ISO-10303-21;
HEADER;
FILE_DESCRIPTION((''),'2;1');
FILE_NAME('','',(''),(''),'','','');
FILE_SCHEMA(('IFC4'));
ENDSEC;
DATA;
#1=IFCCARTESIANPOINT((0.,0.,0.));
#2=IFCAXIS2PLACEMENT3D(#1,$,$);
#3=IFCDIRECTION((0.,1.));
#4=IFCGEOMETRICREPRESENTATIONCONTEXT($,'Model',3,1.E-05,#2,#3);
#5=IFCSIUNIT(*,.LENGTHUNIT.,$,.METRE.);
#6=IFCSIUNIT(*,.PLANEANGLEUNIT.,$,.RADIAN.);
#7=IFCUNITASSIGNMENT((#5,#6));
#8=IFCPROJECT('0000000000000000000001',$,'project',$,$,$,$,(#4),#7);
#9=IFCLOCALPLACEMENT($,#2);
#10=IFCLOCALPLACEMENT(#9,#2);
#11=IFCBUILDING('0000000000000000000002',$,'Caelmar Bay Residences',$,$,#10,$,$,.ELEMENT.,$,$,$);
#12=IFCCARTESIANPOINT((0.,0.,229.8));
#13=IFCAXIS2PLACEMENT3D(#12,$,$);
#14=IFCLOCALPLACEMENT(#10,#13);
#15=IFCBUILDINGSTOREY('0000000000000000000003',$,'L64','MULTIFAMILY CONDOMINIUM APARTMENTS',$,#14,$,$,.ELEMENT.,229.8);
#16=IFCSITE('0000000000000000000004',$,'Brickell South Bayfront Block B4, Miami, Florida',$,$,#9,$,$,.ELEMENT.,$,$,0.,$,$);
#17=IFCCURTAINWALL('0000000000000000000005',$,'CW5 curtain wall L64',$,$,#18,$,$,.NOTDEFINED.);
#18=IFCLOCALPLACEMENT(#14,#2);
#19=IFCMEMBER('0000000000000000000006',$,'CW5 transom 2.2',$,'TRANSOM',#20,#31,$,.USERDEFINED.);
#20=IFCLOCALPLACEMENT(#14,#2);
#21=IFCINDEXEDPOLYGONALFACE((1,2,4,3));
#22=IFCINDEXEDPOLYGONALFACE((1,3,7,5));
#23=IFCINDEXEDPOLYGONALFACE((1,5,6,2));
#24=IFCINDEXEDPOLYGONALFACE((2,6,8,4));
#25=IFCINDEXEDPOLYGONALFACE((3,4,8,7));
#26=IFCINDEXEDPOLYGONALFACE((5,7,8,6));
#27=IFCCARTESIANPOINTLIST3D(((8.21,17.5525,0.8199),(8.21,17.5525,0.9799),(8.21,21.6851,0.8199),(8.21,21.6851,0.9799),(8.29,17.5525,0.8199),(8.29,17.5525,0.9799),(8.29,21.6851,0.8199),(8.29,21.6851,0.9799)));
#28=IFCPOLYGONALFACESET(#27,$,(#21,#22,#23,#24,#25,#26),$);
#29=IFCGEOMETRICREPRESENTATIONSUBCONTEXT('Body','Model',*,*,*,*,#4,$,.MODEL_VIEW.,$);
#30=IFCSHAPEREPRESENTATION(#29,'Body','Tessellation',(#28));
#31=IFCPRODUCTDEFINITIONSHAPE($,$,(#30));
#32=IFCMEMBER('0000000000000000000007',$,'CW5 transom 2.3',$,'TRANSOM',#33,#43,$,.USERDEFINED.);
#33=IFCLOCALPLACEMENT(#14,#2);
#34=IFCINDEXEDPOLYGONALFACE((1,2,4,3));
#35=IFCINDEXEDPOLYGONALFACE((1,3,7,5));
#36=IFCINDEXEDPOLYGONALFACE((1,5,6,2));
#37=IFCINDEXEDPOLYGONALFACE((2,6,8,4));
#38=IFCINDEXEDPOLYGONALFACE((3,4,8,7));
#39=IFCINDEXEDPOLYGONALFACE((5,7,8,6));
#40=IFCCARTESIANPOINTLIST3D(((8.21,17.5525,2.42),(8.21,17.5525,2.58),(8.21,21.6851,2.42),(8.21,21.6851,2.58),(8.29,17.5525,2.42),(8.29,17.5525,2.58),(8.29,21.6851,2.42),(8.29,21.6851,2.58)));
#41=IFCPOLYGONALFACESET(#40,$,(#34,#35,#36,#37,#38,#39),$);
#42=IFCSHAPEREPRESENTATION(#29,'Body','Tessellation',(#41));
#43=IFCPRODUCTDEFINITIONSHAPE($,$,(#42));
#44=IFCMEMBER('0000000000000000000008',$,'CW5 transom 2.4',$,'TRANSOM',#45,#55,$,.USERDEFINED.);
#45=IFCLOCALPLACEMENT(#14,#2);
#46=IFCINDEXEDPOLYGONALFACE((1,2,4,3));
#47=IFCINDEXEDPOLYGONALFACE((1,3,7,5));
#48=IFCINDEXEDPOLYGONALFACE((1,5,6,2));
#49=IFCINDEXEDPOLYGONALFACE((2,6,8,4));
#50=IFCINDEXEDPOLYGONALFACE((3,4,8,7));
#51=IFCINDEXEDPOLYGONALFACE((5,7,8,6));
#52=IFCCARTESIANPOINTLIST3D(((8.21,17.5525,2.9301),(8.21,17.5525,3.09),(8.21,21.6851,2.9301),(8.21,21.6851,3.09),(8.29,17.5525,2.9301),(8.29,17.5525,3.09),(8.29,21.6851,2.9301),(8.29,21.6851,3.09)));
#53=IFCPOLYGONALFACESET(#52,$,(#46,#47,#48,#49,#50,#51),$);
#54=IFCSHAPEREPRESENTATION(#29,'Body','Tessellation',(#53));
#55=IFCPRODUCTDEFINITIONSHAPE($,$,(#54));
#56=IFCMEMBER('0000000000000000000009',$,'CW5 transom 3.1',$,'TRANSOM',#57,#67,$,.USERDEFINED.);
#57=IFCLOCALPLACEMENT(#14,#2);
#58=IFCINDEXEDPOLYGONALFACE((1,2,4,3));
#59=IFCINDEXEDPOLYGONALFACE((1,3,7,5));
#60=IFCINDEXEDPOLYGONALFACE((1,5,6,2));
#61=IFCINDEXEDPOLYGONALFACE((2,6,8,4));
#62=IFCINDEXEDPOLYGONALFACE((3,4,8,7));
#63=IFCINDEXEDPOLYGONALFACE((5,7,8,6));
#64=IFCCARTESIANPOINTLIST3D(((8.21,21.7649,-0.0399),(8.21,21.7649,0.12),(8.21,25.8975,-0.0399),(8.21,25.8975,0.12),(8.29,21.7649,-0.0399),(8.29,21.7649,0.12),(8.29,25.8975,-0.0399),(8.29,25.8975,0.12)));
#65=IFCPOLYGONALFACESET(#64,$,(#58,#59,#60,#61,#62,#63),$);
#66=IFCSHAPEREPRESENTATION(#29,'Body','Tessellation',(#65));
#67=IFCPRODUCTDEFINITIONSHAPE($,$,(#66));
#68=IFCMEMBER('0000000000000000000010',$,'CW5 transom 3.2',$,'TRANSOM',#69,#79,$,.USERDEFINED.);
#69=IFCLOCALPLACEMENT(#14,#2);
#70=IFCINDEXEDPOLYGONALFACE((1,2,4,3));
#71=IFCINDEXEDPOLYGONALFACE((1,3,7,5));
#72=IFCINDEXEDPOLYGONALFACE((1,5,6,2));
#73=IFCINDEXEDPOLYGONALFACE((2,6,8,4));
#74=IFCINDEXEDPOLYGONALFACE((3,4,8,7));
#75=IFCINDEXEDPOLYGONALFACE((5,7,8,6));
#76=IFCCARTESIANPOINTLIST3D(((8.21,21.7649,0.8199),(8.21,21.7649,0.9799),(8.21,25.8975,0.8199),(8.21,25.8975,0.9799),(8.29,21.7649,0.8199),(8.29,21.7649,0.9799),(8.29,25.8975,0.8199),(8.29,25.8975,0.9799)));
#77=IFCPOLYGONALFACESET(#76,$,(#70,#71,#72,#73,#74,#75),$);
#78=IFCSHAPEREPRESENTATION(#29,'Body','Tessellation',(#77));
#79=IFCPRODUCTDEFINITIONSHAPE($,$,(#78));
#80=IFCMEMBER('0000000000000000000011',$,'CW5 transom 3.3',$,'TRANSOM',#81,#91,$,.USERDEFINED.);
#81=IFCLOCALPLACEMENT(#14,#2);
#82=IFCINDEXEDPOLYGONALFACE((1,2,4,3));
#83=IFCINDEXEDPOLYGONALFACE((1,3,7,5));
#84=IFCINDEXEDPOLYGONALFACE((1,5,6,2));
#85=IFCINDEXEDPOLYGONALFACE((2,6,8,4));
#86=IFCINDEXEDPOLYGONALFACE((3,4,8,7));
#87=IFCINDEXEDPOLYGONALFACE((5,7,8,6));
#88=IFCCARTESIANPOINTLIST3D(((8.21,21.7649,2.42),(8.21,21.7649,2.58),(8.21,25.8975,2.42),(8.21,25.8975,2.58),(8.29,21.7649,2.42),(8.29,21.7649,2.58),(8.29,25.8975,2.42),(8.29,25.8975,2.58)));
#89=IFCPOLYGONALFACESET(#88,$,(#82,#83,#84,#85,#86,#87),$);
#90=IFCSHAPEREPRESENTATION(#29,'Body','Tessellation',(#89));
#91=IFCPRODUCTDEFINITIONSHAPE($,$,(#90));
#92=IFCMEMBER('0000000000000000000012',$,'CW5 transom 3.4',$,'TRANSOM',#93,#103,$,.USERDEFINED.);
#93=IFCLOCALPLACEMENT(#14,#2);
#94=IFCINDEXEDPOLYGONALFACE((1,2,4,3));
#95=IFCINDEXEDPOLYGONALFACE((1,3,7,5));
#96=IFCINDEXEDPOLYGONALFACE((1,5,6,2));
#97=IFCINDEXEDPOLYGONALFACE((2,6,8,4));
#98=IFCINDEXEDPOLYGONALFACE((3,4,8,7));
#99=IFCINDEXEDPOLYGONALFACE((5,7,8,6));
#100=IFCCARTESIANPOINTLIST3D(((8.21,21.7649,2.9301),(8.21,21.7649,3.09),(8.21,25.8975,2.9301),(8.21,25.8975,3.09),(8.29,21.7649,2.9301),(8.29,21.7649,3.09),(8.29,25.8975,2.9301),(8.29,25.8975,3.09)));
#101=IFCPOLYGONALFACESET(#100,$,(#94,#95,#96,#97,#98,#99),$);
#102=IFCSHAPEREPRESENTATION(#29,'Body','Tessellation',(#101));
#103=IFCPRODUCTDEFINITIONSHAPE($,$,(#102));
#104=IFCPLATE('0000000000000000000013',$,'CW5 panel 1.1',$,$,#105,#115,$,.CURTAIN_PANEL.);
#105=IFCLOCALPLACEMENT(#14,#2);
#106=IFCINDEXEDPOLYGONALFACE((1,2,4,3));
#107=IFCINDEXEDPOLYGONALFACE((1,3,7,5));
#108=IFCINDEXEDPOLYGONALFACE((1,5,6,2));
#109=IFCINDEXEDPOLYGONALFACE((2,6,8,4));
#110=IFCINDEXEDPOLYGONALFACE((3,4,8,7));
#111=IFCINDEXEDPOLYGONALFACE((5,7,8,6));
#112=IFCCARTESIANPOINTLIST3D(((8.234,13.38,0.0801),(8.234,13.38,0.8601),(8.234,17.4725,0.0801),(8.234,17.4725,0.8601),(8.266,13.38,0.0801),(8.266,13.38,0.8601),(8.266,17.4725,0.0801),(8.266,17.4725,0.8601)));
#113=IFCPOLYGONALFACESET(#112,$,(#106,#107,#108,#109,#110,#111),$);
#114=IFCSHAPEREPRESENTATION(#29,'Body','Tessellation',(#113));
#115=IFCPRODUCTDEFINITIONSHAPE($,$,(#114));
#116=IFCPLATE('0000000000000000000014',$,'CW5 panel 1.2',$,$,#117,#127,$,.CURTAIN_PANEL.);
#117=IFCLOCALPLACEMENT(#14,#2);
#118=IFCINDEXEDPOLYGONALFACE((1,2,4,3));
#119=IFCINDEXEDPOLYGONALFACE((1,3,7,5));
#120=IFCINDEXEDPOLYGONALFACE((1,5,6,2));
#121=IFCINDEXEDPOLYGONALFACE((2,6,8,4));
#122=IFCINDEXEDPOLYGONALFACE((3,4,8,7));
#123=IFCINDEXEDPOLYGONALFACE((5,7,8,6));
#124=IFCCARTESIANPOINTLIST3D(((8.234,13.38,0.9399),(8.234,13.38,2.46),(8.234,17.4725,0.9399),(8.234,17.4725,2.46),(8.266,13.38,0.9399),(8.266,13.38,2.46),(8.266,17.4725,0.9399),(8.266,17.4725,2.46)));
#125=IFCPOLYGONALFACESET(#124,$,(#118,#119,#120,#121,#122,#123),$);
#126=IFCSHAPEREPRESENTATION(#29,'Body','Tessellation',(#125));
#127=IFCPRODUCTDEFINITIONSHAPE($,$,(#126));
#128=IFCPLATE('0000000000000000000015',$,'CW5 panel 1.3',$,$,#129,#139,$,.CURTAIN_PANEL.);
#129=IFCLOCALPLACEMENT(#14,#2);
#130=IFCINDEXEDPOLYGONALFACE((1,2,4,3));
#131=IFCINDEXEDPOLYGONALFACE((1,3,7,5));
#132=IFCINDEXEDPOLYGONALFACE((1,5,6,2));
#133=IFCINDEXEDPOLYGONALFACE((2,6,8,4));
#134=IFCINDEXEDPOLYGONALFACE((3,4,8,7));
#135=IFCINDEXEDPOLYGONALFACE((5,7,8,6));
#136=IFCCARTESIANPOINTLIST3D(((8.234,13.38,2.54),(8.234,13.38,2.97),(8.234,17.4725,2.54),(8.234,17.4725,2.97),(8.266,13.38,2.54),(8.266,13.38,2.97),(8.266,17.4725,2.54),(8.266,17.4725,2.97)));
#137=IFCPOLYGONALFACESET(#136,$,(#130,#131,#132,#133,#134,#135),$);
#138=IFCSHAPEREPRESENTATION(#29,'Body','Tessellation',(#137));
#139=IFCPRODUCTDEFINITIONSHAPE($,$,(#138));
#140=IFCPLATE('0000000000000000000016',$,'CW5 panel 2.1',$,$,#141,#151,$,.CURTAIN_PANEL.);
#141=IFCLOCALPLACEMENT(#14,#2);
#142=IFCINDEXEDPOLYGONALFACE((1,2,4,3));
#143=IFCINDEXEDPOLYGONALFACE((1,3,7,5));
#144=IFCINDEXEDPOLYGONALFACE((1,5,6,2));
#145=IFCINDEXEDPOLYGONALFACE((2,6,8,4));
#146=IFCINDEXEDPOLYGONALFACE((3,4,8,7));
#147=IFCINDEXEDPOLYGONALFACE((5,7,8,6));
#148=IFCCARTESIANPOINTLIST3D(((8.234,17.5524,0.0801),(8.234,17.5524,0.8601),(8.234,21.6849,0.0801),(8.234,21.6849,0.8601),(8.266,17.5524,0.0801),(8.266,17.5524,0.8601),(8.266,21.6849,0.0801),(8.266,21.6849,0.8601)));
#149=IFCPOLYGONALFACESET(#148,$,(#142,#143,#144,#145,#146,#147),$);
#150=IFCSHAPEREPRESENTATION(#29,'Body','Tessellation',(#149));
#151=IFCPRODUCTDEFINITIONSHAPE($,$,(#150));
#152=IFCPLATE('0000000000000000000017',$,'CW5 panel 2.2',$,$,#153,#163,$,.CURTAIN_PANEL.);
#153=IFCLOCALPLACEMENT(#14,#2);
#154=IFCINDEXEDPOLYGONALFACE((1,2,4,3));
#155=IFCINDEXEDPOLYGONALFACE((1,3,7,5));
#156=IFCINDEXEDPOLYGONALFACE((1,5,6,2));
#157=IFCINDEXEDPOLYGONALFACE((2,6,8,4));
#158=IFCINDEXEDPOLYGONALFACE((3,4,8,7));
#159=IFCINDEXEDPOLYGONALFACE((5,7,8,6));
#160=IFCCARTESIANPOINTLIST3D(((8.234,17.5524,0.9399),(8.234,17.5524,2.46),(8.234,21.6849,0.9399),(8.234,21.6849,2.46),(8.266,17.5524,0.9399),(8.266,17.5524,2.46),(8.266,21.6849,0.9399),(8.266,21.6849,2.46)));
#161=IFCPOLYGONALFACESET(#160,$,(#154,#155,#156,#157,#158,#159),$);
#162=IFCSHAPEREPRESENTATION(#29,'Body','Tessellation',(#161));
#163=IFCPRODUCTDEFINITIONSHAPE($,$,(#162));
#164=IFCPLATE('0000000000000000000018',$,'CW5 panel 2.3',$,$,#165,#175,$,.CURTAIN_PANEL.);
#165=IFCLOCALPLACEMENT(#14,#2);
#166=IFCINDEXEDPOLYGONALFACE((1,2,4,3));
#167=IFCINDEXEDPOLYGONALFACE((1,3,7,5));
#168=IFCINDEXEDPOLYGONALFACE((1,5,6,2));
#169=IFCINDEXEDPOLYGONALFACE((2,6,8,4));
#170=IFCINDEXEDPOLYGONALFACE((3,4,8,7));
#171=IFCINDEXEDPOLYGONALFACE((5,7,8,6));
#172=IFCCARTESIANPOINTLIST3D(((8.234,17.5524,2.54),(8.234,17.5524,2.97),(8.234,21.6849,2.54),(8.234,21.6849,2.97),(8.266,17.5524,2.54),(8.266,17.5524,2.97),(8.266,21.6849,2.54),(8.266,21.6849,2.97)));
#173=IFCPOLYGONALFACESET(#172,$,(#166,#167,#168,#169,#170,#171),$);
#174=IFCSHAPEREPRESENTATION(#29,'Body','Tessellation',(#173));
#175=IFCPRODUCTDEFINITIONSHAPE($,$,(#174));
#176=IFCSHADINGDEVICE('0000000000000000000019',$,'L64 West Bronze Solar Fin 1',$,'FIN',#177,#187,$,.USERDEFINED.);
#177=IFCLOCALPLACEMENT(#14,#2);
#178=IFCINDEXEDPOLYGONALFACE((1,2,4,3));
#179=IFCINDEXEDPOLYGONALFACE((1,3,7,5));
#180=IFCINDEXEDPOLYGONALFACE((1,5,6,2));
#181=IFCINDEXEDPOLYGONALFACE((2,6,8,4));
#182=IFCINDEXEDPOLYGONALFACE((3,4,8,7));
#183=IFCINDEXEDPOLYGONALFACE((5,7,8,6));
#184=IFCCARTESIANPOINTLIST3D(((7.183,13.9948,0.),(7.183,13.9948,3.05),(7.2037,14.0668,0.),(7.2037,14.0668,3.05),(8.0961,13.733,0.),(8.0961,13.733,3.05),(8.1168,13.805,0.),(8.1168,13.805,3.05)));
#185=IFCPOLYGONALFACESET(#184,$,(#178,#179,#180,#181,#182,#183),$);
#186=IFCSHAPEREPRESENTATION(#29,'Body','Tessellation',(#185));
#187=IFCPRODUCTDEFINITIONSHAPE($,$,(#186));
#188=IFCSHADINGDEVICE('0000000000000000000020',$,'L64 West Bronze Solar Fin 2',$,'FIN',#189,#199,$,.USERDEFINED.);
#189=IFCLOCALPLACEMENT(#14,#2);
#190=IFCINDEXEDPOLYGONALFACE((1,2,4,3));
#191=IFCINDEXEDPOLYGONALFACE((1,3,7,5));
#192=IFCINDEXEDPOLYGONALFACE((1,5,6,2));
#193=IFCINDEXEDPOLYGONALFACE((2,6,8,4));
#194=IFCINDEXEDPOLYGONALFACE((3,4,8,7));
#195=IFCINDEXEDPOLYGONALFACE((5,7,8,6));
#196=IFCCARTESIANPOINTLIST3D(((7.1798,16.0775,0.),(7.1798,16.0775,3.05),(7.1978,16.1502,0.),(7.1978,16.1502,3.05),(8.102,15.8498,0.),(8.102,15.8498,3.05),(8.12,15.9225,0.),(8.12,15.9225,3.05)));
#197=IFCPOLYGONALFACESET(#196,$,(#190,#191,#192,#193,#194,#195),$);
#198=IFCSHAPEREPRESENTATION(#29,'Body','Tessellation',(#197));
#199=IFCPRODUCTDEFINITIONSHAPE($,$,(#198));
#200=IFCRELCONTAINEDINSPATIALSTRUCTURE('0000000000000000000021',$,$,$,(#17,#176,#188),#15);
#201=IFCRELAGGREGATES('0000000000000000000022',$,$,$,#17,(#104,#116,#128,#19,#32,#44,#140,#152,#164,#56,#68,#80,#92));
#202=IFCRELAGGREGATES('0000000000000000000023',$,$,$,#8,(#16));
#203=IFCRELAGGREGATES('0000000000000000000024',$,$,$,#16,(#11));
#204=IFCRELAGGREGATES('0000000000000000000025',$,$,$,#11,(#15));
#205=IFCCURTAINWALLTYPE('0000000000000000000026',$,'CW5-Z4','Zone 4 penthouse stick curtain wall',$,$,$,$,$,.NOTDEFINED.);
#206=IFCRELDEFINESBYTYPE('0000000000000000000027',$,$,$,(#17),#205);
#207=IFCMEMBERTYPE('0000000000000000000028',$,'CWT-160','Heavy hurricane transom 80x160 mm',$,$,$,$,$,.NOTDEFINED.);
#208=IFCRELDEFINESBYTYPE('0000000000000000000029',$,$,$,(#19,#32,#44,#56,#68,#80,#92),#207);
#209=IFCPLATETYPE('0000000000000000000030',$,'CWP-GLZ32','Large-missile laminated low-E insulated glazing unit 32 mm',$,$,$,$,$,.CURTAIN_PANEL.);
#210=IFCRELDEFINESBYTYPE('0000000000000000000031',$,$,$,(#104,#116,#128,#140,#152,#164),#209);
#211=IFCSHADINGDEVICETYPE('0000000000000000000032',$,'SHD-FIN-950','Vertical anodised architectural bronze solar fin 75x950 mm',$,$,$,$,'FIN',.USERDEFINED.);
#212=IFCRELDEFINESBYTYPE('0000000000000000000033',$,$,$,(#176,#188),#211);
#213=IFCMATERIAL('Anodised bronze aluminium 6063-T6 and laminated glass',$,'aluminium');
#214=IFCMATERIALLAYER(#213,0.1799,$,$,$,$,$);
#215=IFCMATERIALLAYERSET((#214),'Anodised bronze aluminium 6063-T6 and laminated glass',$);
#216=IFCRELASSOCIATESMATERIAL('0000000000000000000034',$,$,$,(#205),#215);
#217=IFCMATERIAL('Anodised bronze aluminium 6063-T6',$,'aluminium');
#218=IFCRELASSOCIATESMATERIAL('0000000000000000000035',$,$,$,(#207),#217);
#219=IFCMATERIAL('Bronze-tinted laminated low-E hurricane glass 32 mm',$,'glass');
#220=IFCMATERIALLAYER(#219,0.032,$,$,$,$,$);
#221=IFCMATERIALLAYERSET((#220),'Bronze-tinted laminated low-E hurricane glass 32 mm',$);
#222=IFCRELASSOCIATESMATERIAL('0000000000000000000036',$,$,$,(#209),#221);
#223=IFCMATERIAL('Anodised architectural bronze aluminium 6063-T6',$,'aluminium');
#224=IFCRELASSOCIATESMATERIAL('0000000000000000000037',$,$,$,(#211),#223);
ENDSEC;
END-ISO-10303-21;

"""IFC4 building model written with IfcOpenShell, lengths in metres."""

from ifc_helpers import new_model, si_unit, direction, frame, origin, origin_2d, place, context, subcontext, project, spatial, rectangle, extrude, material, layer, layer_set, material_profile, profile_set, type_object, element, aggregate, save


model = new_model("IFC4")

# Units and contexts
model_context = context("Model", 3, precision=1e-05, world=origin(), true_north=direction((0.0, 1.0)))
body_context = subcontext(model_context, "Body", "Model", "MODEL_VIEW")
ifc_project = project(units=[si_unit("LENGTHUNIT", "METRE"), si_unit("PLANEANGLEUNIT", "RADIAN")], contexts=[model_context])

# Site, building, storey
site_placement = place(None, origin())
site = spatial("IfcSite", under=ifc_project, at=site_placement, Name="Brickell South Bayfront Block B4, Miami, Florida", CompositionType="ELEMENT", RefElevation=0.0)
building_placement = place(site_placement, origin())
building = spatial("IfcBuilding", under=site, at=building_placement, Name="Caelmar Bay Residences", CompositionType="ELEMENT")
storey_placement = place(building_placement, frame((0.0, 0.0, 229.8)))
storey = spatial("IfcBuildingStorey", under=building, at=storey_placement, Name="L64", Description="MULTIFAMILY CONDOMINIUM APARTMENTS", CompositionType="ELEMENT", Elevation=229.8)

# Curtain wall, members, plates
ifc_material_1 = material(Name="Anodised bronze aluminium 6063-T6 and laminated glass", Category="aluminium")
ifc_layer_1 = layer(ifc_material_1, 0.1799)
ifc_layer_set_1 = layer_set([ifc_layer_1], Name="Anodised bronze aluminium 6063-T6 and laminated glass")
curtain_wall_type = type_object("IfcCurtainWallType", Name="CW5-Z4", Description="Zone 4 penthouse stick curtain wall", PredefinedType="NOTDEFINED", material=ifc_layer_set_1)
curtain_wall_placement = place(storey_placement, origin())
curtain_wall = element("IfcCurtainWall", 1, at=curtain_wall_placement, inside=storey, type_object=curtain_wall_type, Name="CW5 curtain wall L64", PredefinedType="NOTDEFINED")
ifc_material_2 = material(Name="Anodised bronze aluminium 6063-T6", Category="aluminium")
ifc_material_profile_1 = material_profile(ifc_material_2, rectangle(XDim=0.0801, YDim=0.1599, at=origin_2d()), Name="CWT-80X160")
ifc_profile_set_1 = profile_set([ifc_material_profile_1], Name="Anodised bronze aluminium 6063-T6")
member_type_1 = type_object("IfcMemberType", Name="CWT-160", Description="Heavy hurricane transom 80x160 mm", PredefinedType="NOTDEFINED", material=ifc_profile_set_1)
member_1_placement = place(storey_placement, frame((8.25, 17.5525, 0.8999), z_axis=(0.0, 1.0, 0.0), x_axis=(-1.0, 0.0, 0.0)))
member_1 = element("IfcMember", 2, at=member_1_placement, type_object=member_type_1, Name="CW5 transom 2.2", ObjectType="TRANSOM", PredefinedType="USERDEFINED", context=body_context, shape_type="SweptSolid", body=[
    extrude(rectangle(XDim=0.0801, YDim=0.1599, at=origin_2d()), origin(), (0.0, 0.0, 1.0), 4.1326),
])
member_2_placement = place(storey_placement, frame((8.25, 17.5525, 2.5), z_axis=(0.0, 1.0, 0.0), x_axis=(-1.0, 0.0, 0.0)))
member_2 = element("IfcMember", 3, at=member_2_placement, type_object=member_type_1, Name="CW5 transom 2.3", ObjectType="TRANSOM", PredefinedType="USERDEFINED", context=body_context, shape_type="SweptSolid", body=[
    extrude(rectangle(XDim=0.0801, YDim=0.1599, at=origin_2d()), origin(), (0.0, 0.0, 1.0), 4.1326),
])
member_3_placement = place(storey_placement, frame((8.25, 17.5525, 3.01), z_axis=(0.0, 1.0, 0.0), x_axis=(-1.0, 0.0, 0.0)))
member_3 = element("IfcMember", 4, at=member_3_placement, type_object=member_type_1, Name="CW5 transom 2.4", ObjectType="TRANSOM", PredefinedType="USERDEFINED", context=body_context, shape_type="SweptSolid", body=[
    extrude(rectangle(XDim=0.0801, YDim=0.1599, at=origin_2d()), origin(), (0.0, 0.0, 1.0), 4.1326),
])
member_4_placement = place(storey_placement, frame((8.25, 21.7649, 0.04), z_axis=(0.0, 1.0, 0.0), x_axis=(-1.0, 0.0, 0.0)))
member_4 = element("IfcMember", 5, at=member_4_placement, type_object=member_type_1, Name="CW5 transom 3.1", ObjectType="TRANSOM", PredefinedType="USERDEFINED", context=body_context, shape_type="SweptSolid", body=[
    extrude(rectangle(XDim=0.0801, YDim=0.1599, at=origin_2d()), origin(), (0.0, 0.0, 1.0), 4.1326),
])
member_5_placement = place(storey_placement, frame((8.25, 21.7649, 0.8999), z_axis=(0.0, 1.0, 0.0), x_axis=(-1.0, 0.0, 0.0)))
member_5 = element("IfcMember", 6, at=member_5_placement, type_object=member_type_1, Name="CW5 transom 3.2", ObjectType="TRANSOM", PredefinedType="USERDEFINED", context=body_context, shape_type="SweptSolid", body=[
    extrude(rectangle(XDim=0.0801, YDim=0.1599, at=origin_2d()), origin(), (0.0, 0.0, 1.0), 4.1326),
])
member_6_placement = place(storey_placement, frame((8.25, 21.7649, 2.5), z_axis=(0.0, 1.0, 0.0), x_axis=(-1.0, 0.0, 0.0)))
member_6 = element("IfcMember", 7, at=member_6_placement, type_object=member_type_1, Name="CW5 transom 3.3", ObjectType="TRANSOM", PredefinedType="USERDEFINED", context=body_context, shape_type="SweptSolid", body=[
    extrude(rectangle(XDim=0.0801, YDim=0.1599, at=origin_2d()), origin(), (0.0, 0.0, 1.0), 4.1326),
])
member_7_placement = place(storey_placement, frame((8.25, 21.7649, 3.01), z_axis=(0.0, 1.0, 0.0), x_axis=(-1.0, 0.0, 0.0)))
member_7 = element("IfcMember", 8, at=member_7_placement, type_object=member_type_1, Name="CW5 transom 3.4", ObjectType="TRANSOM", PredefinedType="USERDEFINED", context=body_context, shape_type="SweptSolid", body=[
    extrude(rectangle(XDim=0.0801, YDim=0.1599, at=origin_2d()), origin(), (0.0, 0.0, 1.0), 4.1326),
])
ifc_material_3 = material(Name="Bronze-tinted laminated low-E hurricane glass 32 mm", Category="glass")
ifc_layer_2 = layer(ifc_material_3, 0.032)
ifc_layer_set_2 = layer_set([ifc_layer_2], Name="Bronze-tinted laminated low-E hurricane glass 32 mm")
plate_type = type_object("IfcPlateType", Name="CWP-GLZ32", Description="Large-missile laminated low-E insulated glazing unit 32 mm", PredefinedType="CURTAIN_PANEL", material=ifc_layer_set_2)
plate_1_placement = place(storey_placement, frame((8.25, 15.4263, 0.0801), z_axis=(0.0, 0.0, 1.0), x_axis=(0.0, 1.0, 0.0)))
plate_1 = element("IfcPlate", 9, at=plate_1_placement, type_object=plate_type, Name="CW5 panel 1.1", PredefinedType="CURTAIN_PANEL", context=body_context, shape_type="SweptSolid", body=[
    extrude(rectangle(XDim=4.0925, YDim=0.032, at=origin_2d()), origin(), (0.0, 0.0, 1.0), 0.78),
])
plate_2_placement = place(storey_placement, frame((8.25, 15.4263, 0.9399), z_axis=(0.0, 0.0, 1.0), x_axis=(0.0, 1.0, 0.0)))
plate_2 = element("IfcPlate", 10, at=plate_2_placement, type_object=plate_type, Name="CW5 panel 1.2", PredefinedType="CURTAIN_PANEL", context=body_context, shape_type="SweptSolid", body=[
    extrude(rectangle(XDim=4.0925, YDim=0.032, at=origin_2d()), origin(), (0.0, 0.0, 1.0), 1.52),
])
plate_3_placement = place(storey_placement, frame((8.25, 15.4263, 2.54), z_axis=(0.0, 0.0, 1.0), x_axis=(0.0, 1.0, 0.0)))
plate_3 = element("IfcPlate", 11, at=plate_3_placement, type_object=plate_type, Name="CW5 panel 1.3", PredefinedType="CURTAIN_PANEL", context=body_context, shape_type="SweptSolid", body=[
    extrude(rectangle(XDim=4.0925, YDim=0.032, at=origin_2d()), origin(), (0.0, 0.0, 1.0), 0.4299),
])
plate_4_placement = place(storey_placement, frame((8.25, 19.6187, 0.0801), z_axis=(0.0, 0.0, 1.0), x_axis=(0.0, 1.0, 0.0)))
plate_4 = element("IfcPlate", 12, at=plate_4_placement, type_object=plate_type, Name="CW5 panel 2.1", PredefinedType="CURTAIN_PANEL", context=body_context, shape_type="SweptSolid", body=[
    extrude(rectangle(XDim=4.1326, YDim=0.032, at=origin_2d()), origin(), (0.0, 0.0, 1.0), 0.78),
])
plate_5_placement = place(storey_placement, frame((8.25, 19.6187, 0.9399), z_axis=(0.0, 0.0, 1.0), x_axis=(0.0, 1.0, 0.0)))
plate_5 = element("IfcPlate", 13, at=plate_5_placement, type_object=plate_type, Name="CW5 panel 2.2", PredefinedType="CURTAIN_PANEL", context=body_context, shape_type="SweptSolid", body=[
    extrude(rectangle(XDim=4.1326, YDim=0.032, at=origin_2d()), origin(), (0.0, 0.0, 1.0), 1.52),
])
plate_6_placement = place(storey_placement, frame((8.25, 19.6187, 2.54), z_axis=(0.0, 0.0, 1.0), x_axis=(0.0, 1.0, 0.0)))
plate_6 = element("IfcPlate", 14, at=plate_6_placement, type_object=plate_type, Name="CW5 panel 2.3", PredefinedType="CURTAIN_PANEL", context=body_context, shape_type="SweptSolid", body=[
    extrude(rectangle(XDim=4.1326, YDim=0.032, at=origin_2d()), origin(), (0.0, 0.0, 1.0), 0.4299),
])
aggregate(curtain_wall, [plate_1, plate_2, plate_3, member_1, member_2, member_3, plate_4, plate_5, plate_6, member_4, member_5, member_6, member_7])

# Shading devices
ifc_material_4 = material(Name="Anodised architectural bronze aluminium 6063-T6", Category="aluminium")
ifc_material_profile_2 = material_profile(ifc_material_4, rectangle(XDim=0.075, YDim=0.95, at=origin_2d()), Name="BRONZE-FIN-75X950")
ifc_profile_set_2 = profile_set([ifc_material_profile_2], Name="Anodised architectural bronze aluminium 6063-T6")
shading_device_type = type_object("IfcShadingDeviceType", Name="SHD-FIN-950", Description="Vertical anodised architectural bronze solar fin 75x950 mm", ElementType="FIN", PredefinedType="USERDEFINED", material=ifc_profile_set_2)
for number, where, z_axis, x_axis, name in (
    (15, (7.6499, 13.8999, 0.0), (0.0, 0.0, 1.0), (0.275637, 0.961262, 0.0), "L64 West Bronze Solar Fin 1"),
    (16, (7.6499, 16.0, 0.0), (0.0, 0.0, 1.0), (0.23972, 0.970842, 0.0), "L64 West Bronze Solar Fin 2"),
):
    element("IfcShadingDevice", number, at=place(storey_placement, frame(where, z_axis=z_axis, x_axis=x_axis)), inside=storey, type_object=shading_device_type, Name=name, ObjectType="FIN", PredefinedType="USERDEFINED", context=body_context, shape_type="SweptSolid", body=[
        extrude(rectangle(XDim=0.075, YDim=0.95, at=origin_2d()), origin(), (0.0, 0.0, 1.0), 3.05),
    ])

save(model, "model.ifc")
